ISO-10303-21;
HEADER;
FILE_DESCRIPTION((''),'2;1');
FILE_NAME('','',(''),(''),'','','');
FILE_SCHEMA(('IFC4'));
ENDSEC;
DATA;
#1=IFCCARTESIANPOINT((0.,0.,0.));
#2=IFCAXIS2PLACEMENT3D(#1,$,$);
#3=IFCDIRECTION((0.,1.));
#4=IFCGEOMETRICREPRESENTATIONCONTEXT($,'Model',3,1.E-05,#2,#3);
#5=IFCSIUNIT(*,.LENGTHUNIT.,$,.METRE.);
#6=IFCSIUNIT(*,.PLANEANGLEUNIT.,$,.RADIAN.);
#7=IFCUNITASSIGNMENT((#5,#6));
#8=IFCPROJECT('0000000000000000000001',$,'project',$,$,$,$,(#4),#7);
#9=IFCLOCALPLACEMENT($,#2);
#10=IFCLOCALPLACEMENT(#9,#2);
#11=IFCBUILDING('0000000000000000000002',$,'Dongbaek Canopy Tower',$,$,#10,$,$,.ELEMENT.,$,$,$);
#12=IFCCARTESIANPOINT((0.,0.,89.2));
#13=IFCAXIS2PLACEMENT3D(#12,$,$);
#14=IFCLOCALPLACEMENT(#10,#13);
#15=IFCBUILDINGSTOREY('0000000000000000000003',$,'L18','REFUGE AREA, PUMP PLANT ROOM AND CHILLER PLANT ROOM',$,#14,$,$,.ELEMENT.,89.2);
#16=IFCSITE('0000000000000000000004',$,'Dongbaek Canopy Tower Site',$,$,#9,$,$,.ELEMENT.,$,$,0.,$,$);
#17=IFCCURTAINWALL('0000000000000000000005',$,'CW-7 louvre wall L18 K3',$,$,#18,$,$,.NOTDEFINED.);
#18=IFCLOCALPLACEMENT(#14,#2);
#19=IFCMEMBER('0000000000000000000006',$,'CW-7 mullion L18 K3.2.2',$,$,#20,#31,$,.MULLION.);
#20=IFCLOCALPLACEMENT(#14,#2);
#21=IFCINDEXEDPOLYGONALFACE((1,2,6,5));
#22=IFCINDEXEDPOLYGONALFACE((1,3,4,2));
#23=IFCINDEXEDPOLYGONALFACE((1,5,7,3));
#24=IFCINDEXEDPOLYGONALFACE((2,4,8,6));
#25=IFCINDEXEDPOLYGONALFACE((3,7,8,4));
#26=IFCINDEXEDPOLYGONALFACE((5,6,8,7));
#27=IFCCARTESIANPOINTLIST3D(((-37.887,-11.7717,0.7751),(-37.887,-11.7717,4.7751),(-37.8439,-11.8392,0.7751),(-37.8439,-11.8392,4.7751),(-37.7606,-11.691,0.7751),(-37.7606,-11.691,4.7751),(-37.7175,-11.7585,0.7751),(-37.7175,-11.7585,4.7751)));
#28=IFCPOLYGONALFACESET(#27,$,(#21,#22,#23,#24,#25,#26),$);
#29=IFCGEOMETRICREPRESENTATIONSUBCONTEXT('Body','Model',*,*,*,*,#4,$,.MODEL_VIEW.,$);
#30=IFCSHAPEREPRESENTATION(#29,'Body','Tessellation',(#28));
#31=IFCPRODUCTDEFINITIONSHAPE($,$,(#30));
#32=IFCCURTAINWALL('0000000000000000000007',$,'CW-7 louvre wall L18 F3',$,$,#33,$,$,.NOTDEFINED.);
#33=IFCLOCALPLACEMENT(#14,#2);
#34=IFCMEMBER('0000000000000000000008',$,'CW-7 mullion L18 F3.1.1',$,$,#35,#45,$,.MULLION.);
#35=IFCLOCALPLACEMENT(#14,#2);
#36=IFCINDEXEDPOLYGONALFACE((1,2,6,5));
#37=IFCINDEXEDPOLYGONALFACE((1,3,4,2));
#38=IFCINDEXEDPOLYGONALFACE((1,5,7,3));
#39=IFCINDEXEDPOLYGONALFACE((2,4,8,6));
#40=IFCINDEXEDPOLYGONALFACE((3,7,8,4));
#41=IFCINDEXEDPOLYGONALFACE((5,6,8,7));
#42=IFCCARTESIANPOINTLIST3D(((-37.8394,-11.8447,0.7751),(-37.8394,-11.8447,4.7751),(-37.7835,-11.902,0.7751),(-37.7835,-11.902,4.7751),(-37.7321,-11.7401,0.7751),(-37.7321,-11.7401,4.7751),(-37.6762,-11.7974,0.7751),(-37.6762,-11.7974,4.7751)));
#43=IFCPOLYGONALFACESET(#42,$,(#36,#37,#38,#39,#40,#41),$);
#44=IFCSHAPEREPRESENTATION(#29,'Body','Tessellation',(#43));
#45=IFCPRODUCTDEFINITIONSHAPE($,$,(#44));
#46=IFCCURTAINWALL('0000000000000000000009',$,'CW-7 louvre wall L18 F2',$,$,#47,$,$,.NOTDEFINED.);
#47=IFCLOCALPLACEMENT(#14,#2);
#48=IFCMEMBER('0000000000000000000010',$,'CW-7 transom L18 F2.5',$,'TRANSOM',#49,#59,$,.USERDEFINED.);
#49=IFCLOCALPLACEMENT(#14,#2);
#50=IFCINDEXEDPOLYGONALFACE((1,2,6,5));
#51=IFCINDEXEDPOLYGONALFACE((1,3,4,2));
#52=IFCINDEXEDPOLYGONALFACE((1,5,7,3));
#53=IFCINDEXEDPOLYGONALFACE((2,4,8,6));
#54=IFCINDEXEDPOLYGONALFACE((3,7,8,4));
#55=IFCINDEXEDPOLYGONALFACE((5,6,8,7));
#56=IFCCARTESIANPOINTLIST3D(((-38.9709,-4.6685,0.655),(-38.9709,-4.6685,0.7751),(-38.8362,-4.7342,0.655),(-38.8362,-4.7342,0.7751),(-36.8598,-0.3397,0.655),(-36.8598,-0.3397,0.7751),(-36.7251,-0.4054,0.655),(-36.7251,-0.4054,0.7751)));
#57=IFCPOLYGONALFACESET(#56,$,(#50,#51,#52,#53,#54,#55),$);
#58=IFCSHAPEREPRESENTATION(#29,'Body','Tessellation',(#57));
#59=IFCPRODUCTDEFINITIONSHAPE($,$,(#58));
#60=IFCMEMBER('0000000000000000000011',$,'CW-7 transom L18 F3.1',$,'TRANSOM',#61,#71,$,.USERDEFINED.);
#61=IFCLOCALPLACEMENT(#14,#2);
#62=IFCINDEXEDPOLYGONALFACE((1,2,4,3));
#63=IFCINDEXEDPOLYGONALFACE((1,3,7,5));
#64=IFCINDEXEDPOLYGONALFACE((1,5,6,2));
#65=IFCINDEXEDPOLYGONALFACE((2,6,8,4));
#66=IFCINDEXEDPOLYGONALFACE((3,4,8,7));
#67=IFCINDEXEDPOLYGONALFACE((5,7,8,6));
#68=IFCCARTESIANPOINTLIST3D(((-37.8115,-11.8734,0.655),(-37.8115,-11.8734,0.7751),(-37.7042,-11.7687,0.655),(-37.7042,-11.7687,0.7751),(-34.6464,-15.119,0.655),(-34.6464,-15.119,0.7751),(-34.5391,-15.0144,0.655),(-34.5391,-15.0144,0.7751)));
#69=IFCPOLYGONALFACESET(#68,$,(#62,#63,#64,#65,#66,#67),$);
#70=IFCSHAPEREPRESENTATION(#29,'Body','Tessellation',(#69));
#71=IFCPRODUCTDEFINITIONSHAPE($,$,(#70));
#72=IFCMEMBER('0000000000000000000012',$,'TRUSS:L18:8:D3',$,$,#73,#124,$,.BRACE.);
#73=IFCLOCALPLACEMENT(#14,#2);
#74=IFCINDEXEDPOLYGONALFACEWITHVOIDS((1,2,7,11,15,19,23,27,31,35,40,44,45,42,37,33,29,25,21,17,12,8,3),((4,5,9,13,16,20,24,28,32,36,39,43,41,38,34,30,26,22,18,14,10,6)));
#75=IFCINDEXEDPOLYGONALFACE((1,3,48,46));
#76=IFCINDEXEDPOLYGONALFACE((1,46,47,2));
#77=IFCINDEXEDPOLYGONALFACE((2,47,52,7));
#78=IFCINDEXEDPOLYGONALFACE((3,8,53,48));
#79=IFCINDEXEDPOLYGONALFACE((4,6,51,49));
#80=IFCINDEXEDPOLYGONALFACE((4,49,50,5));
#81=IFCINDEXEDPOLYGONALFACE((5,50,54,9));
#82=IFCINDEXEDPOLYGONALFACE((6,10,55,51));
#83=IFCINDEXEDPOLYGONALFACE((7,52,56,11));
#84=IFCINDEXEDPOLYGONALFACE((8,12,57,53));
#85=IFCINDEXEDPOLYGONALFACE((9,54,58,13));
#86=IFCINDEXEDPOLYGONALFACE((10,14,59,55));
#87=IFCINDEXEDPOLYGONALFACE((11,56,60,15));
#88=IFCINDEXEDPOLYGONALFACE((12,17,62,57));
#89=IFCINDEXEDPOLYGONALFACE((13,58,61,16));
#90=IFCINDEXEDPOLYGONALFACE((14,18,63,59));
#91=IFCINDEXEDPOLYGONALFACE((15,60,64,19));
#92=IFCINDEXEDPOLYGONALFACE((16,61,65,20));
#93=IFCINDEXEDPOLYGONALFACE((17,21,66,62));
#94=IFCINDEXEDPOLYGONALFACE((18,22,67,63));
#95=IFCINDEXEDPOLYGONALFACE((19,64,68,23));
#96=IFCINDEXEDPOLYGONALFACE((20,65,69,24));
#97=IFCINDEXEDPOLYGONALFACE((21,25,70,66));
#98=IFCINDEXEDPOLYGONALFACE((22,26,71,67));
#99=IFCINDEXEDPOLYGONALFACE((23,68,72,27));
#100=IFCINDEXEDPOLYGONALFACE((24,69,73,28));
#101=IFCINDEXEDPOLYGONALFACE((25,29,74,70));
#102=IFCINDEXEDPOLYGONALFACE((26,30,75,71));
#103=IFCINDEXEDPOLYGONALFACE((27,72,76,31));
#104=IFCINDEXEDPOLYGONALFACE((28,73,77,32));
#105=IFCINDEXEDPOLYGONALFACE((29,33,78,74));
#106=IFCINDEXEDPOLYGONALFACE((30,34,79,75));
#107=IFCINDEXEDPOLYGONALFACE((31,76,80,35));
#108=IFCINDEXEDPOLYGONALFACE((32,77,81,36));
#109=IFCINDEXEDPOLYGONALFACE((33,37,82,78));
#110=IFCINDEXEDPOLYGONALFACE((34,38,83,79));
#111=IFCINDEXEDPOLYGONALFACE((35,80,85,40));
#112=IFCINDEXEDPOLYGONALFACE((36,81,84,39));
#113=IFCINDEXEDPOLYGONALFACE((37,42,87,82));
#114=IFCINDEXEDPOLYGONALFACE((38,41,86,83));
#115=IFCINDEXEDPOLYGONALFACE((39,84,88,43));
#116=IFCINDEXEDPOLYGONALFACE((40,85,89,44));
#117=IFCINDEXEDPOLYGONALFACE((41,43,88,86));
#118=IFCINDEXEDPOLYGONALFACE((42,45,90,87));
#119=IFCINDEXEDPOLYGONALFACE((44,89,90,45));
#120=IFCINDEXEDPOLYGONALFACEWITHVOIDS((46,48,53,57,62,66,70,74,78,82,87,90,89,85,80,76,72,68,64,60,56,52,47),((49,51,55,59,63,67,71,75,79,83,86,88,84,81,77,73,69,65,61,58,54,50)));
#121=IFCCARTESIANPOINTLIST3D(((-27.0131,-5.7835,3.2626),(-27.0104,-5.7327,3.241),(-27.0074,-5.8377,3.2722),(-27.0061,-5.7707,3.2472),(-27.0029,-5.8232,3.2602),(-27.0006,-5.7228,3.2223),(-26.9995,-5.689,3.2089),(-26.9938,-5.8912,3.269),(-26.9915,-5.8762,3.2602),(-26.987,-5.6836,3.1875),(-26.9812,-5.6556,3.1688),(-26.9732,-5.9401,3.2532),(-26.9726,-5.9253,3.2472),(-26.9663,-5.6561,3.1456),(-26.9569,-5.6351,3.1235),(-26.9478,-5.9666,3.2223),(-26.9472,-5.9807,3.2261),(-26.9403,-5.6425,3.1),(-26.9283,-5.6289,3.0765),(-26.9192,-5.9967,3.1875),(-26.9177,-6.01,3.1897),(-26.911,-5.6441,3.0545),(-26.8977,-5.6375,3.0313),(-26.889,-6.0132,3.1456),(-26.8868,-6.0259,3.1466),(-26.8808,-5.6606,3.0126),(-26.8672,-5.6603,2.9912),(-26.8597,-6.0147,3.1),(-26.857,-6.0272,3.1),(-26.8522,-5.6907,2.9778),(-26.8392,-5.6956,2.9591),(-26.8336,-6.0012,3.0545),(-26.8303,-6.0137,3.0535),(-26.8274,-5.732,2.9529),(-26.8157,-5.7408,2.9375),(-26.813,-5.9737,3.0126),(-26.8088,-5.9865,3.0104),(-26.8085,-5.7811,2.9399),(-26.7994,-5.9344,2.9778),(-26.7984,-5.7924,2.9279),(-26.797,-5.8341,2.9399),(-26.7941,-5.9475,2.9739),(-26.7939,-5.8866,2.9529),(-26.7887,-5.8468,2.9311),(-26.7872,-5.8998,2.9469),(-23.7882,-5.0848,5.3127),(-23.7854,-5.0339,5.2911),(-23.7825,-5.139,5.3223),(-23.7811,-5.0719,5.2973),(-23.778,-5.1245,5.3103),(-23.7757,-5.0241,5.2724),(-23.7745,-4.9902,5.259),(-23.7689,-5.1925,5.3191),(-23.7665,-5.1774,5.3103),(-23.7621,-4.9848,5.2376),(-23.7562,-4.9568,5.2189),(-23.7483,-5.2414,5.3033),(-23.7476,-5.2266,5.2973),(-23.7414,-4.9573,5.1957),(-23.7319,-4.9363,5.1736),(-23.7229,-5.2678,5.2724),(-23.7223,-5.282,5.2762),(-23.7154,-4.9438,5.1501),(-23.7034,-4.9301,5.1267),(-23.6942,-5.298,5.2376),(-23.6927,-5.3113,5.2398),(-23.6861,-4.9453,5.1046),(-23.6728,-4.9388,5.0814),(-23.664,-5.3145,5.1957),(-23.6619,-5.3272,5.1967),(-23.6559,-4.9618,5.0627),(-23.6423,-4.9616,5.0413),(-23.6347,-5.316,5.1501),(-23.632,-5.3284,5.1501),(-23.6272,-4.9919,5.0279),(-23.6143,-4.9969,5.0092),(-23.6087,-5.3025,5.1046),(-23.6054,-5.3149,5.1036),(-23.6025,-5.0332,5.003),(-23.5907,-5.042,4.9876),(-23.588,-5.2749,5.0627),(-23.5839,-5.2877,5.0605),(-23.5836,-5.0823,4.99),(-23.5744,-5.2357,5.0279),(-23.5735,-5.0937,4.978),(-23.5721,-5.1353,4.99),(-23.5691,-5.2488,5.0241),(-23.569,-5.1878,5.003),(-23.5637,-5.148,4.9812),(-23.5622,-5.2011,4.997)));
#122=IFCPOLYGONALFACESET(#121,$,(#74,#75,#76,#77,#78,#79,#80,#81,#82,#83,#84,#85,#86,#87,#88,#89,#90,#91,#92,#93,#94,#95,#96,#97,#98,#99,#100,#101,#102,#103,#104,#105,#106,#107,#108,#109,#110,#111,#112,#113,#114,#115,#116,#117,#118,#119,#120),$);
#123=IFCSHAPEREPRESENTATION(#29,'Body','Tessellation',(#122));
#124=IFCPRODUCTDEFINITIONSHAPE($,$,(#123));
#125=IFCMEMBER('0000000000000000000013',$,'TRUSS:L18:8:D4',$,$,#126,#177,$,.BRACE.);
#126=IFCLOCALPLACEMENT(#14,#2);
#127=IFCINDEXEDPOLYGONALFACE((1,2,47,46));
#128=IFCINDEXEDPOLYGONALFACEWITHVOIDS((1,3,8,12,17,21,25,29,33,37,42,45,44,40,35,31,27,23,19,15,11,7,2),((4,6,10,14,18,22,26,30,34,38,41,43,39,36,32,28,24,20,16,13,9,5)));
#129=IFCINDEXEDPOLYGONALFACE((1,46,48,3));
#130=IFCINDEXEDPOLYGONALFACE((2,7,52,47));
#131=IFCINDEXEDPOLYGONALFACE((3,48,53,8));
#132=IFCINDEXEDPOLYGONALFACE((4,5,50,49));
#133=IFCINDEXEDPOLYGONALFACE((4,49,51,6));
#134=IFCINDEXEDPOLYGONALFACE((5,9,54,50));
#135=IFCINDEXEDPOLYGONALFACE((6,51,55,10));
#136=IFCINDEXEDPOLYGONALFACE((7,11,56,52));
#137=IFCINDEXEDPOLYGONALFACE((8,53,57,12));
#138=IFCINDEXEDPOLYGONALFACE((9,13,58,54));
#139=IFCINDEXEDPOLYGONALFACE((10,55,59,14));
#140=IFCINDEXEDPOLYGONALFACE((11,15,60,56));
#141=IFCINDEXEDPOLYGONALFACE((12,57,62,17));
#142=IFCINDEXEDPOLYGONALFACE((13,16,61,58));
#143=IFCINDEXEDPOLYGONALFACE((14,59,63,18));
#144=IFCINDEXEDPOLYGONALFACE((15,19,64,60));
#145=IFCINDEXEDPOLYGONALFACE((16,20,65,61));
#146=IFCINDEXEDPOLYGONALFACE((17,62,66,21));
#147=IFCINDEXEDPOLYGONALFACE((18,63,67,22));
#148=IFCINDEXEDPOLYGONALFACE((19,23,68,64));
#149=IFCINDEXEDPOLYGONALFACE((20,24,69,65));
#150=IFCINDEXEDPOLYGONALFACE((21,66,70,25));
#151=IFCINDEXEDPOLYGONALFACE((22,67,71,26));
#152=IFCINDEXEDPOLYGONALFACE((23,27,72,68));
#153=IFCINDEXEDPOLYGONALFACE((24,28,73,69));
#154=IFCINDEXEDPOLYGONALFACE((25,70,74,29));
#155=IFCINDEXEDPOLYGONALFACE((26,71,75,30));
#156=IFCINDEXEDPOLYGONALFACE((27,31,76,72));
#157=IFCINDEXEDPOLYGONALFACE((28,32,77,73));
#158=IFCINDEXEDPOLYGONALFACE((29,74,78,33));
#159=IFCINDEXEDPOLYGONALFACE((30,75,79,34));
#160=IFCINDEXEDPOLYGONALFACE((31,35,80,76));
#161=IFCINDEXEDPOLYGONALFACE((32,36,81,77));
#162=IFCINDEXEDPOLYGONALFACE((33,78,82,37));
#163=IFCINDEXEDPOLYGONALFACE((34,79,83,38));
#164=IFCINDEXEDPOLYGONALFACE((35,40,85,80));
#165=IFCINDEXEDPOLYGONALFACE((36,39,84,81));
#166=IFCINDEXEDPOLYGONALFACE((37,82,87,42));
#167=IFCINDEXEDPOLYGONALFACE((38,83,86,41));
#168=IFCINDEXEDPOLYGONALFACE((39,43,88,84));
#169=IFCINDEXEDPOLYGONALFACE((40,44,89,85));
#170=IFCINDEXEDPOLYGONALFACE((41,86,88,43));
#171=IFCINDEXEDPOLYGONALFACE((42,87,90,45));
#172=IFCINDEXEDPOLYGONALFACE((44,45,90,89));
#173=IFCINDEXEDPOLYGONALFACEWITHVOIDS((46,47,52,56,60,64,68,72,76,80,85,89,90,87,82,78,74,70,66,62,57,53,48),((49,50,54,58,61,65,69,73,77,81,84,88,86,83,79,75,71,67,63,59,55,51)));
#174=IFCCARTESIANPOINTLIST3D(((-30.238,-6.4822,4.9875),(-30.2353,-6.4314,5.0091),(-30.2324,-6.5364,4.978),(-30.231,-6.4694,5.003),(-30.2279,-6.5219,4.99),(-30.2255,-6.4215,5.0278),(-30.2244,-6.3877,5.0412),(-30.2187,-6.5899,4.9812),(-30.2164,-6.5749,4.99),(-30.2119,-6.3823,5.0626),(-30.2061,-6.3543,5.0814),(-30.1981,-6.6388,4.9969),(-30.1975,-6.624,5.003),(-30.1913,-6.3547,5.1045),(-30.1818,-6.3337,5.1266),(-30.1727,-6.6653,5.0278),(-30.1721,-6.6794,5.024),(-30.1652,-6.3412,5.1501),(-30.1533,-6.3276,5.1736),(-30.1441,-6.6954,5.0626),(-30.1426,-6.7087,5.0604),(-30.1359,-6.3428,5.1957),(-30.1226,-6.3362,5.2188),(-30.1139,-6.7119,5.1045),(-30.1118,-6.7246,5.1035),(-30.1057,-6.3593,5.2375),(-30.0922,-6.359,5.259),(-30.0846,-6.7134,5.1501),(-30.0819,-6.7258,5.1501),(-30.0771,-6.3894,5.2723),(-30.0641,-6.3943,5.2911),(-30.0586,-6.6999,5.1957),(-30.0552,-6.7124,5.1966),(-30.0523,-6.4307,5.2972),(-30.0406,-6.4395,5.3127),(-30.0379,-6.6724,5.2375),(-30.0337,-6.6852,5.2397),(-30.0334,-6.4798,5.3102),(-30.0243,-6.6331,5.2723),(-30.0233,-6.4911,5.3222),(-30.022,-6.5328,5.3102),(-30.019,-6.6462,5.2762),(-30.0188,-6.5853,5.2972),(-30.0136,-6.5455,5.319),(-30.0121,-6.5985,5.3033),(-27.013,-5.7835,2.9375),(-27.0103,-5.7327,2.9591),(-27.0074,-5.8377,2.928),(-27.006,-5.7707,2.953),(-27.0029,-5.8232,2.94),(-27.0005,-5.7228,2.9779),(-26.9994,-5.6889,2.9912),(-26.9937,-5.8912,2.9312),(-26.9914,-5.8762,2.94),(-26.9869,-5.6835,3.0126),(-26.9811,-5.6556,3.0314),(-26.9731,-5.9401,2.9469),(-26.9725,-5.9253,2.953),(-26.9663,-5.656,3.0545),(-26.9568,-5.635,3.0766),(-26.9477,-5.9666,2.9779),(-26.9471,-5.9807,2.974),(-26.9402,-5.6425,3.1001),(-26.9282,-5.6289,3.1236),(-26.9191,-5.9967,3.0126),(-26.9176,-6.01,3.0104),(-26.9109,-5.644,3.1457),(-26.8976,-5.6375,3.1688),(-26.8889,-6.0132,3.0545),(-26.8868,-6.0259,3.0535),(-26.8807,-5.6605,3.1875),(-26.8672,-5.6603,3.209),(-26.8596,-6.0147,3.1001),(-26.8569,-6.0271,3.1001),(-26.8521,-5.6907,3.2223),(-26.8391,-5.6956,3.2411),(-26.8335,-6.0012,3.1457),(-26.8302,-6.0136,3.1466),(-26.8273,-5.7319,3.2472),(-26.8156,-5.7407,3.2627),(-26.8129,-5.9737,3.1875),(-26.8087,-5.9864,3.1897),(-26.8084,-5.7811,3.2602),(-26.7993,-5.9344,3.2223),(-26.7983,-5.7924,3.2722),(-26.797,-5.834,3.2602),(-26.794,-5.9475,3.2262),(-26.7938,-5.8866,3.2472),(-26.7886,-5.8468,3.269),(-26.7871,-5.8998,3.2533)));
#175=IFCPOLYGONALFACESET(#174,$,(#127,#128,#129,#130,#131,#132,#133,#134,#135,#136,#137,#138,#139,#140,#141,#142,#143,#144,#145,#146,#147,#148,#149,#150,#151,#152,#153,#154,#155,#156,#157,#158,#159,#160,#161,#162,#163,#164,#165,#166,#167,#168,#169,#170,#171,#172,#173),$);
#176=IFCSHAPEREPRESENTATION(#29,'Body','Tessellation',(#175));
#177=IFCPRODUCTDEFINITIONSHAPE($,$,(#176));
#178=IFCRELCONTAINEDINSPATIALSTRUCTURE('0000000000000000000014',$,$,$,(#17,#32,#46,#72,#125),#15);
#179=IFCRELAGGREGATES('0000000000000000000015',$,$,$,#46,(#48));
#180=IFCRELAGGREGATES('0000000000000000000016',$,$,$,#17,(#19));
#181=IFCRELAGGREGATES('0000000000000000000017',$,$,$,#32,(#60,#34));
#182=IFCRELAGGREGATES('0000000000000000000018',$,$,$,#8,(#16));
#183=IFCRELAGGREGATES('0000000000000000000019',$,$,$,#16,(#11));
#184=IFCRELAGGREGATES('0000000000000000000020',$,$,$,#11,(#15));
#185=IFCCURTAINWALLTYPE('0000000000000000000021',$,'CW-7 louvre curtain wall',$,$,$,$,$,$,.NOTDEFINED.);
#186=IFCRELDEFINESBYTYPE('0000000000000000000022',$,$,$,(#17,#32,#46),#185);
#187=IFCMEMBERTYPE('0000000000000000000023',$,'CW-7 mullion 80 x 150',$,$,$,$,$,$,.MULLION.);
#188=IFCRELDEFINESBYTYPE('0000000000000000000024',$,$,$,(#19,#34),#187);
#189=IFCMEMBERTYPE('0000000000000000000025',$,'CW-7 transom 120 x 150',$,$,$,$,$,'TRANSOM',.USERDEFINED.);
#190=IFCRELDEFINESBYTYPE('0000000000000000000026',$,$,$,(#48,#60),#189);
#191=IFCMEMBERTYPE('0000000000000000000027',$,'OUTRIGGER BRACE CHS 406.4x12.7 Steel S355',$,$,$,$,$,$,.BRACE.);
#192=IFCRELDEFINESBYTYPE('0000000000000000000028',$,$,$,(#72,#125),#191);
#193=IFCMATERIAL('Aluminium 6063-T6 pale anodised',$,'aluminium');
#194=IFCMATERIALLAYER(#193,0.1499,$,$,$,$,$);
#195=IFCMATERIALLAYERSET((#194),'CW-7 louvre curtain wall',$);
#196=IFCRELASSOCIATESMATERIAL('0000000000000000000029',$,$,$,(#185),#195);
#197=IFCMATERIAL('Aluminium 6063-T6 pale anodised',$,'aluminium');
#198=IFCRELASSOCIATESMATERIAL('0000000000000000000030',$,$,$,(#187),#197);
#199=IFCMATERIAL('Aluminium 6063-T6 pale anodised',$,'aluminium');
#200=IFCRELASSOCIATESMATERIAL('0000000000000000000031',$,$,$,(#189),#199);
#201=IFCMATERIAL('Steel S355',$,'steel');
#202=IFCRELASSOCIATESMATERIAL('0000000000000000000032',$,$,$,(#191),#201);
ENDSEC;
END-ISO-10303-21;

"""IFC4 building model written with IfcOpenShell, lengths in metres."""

from ifc_helpers import new_model, si_unit, direction, frame, origin, origin_2d, place, context, subcontext, project, spatial, rectangle, hollow_circle, extrude, material, layer, layer_set, material_profile, profile_set, type_object, element, aggregate, save


model = new_model("IFC4")

# Units and contexts
model_context = context("Model", 3, precision=1e-05, world=origin(), true_north=direction((0.0, 1.0)))
body_context = subcontext(model_context, "Body", "Model", "MODEL_VIEW")
ifc_project = project(units=[si_unit("LENGTHUNIT", "METRE"), si_unit("PLANEANGLEUNIT", "RADIAN")], contexts=[model_context])

# Site, building, storey
site_placement = place(None, origin())
site = spatial("IfcSite", under=ifc_project, at=site_placement, Name="Dongbaek Canopy Tower Site", CompositionType="ELEMENT", RefElevation=0.0)
building_placement = place(site_placement, origin())
building = spatial("IfcBuilding", under=site, at=building_placement, Name="Dongbaek Canopy Tower", CompositionType="ELEMENT")
storey_placement = place(building_placement, frame((0.0, 0.0, 89.2)))
storey = spatial("IfcBuildingStorey", under=building, at=storey_placement, Name="L18", Description="REFUGE AREA, PUMP PLANT ROOM AND CHILLER PLANT ROOM", CompositionType="ELEMENT", Elevation=89.2)

# Curtain walls, members
ifc_material_1 = material(Name="Aluminium 6063-T6 pale anodised", Category="aluminium")
ifc_layer_1 = layer(ifc_material_1, 0.1499)
ifc_layer_set_1 = layer_set([ifc_layer_1], Name="CW-7 louvre curtain wall")
curtain_wall_type = type_object("IfcCurtainWallType", Name="CW-7 louvre curtain wall", PredefinedType="NOTDEFINED", material=ifc_layer_set_1)
curtain_wall_1_placement = place(storey_placement, origin())
curtain_wall_1 = element("IfcCurtainWall", 1, at=curtain_wall_1_placement, inside=storey, type_object=curtain_wall_type, Name="CW-7 louvre wall L18 K3", PredefinedType="NOTDEFINED")
ifc_material_2 = material(Name="Aluminium 6063-T6 pale anodised", Category="aluminium")
ifc_material_profile_1 = material_profile(ifc_material_2, rectangle(XDim=0.1499, YDim=0.0801, at=origin_2d()), Name="CW-7 mullion 80 x 150")
ifc_profile_set_1 = profile_set([ifc_material_profile_1], Name="Aluminium 6063-T6 pale anodised")
member_type_1 = type_object("IfcMemberType", Name="CW-7 mullion 80 x 150", PredefinedType="MULLION", material=ifc_profile_set_1)
member_1_placement = place(storey_placement, frame((-37.8022, -11.7651, 0.7751), z_axis=(0.0, 0.0, 1.0), x_axis=(-0.842751, -0.538303, 0.0)))
member_1 = element("IfcMember", 2, at=member_1_placement, type_object=member_type_1, Name="CW-7 mullion L18 K3.2.2", PredefinedType="MULLION", context=body_context, shape_type="SweptSolid", body=[
    extrude(rectangle(XDim=0.1499, YDim=0.0801, at=origin_2d()), origin(), (0.0, 0.0, 1.0), 4.0),
])
curtain_wall_2_placement = place(storey_placement, origin())
curtain_wall_2 = element("IfcCurtainWall", 3, at=curtain_wall_2_placement, inside=storey, type_object=curtain_wall_type, Name="CW-7 louvre wall L18 F3", PredefinedType="NOTDEFINED")
member_2_placement = place(storey_placement, frame((-37.7578, -11.821, 0.7751), z_axis=(0.0, 0.0, 1.0), x_axis=(-0.715921, -0.698181, 0.0)))
member_2 = element("IfcMember", 4, at=member_2_placement, type_object=member_type_1, Name="CW-7 mullion L18 F3.1.1", PredefinedType="MULLION", context=body_context, shape_type="SweptSolid", body=[
    extrude(rectangle(XDim=0.1499, YDim=0.0801, at=origin_2d()), origin(), (0.0, 0.0, 1.0), 4.0),
])
curtain_wall_3_placement = place(storey_placement, origin())
curtain_wall_3 = element("IfcCurtainWall", 5, at=curtain_wall_3_placement, inside=storey, type_object=curtain_wall_type, Name="CW-7 louvre wall L18 F2", PredefinedType="NOTDEFINED")
ifc_material_3 = material(Name="Aluminium 6063-T6 pale anodised", Category="aluminium")
ifc_material_profile_2 = material_profile(ifc_material_3, rectangle(XDim=0.1499, YDim=0.1201, at=origin_2d()), Name="CW-7 transom 120 x 150")
ifc_profile_set_2 = profile_set([ifc_material_profile_2], Name="Aluminium 6063-T6 pale anodised")
member_type_2 = type_object("IfcMemberType", Name="CW-7 transom 120 x 150", ElementType="TRANSOM", PredefinedType="USERDEFINED", material=ifc_profile_set_2)
member_3_placement = place(storey_placement, frame((-36.7925, -0.3726, 0.7151), z_axis=(-0.438331, -0.898814, 0.0), x_axis=(0.898814, -0.438331, 0.0)))
member_3 = element("IfcMember", 6, at=member_3_placement, type_object=member_type_2, Name="CW-7 transom L18 F2.5", ObjectType="TRANSOM", PredefinedType="USERDEFINED", context=body_context, shape_type="SweptSolid", body=[
    extrude(rectangle(XDim=0.1499, YDim=0.1201, at=origin_2d()), origin(), (0.0, 0.0, 1.0), 4.8162),
])

# Member
member_4_placement = place(storey_placement, frame((-37.7578, -11.821, 0.7151), z_axis=(0.698165, -0.715937, 0.0), x_axis=(0.715937, 0.698165, 0.0)))
member_4 = element("IfcMember", 7, at=member_4_placement, type_object=member_type_2, Name="CW-7 transom L18 F3.1", ObjectType="TRANSOM", PredefinedType="USERDEFINED", context=body_context, shape_type="SweptSolid", body=[
    extrude(rectangle(XDim=0.1499, YDim=0.1201, at=origin_2d()), origin(), (0.0, 0.0, 1.0), 4.5334),
])

# Members
ifc_material_4 = material(Name="Steel S355", Category="steel")
ifc_material_profile_3 = material_profile(ifc_material_4, hollow_circle(Radius=0.2031, WallThickness=0.0127, at=origin_2d()), Name="OUTRIGGER BRACE CHS 406.4x12.7 Steel S355")
ifc_profile_set_3 = profile_set([ifc_material_profile_3], Name="Steel S355")
member_type_3 = type_object("IfcMemberType", Name="OUTRIGGER BRACE CHS 406.4x12.7 Steel S355", PredefinedType="BRACE", material=ifc_profile_set_3)
for number, where, z_axis, x_axis, name in (
    (8, (-23.675, -5.1299, 5.1501), (-0.83015, -0.179869, -0.527729), (0.211757, -0.977322, 0.0), "TRUSS:L18:8:D3"),
    (9, (-26.8999, -5.8286, 3.1001), (-0.83017, -0.17986, 0.527701), (0.211742, -0.977326, 0.0), "TRUSS:L18:8:D4"),
):
    element("IfcMember", number, at=place(storey_placement, frame(where, z_axis=z_axis, x_axis=x_axis)), inside=storey, type_object=member_type_3, Name=name, PredefinedType="BRACE", context=body_context, shape_type="SweptSolid", body=[
        extrude(hollow_circle(Radius=0.2031, WallThickness=0.0127, at=origin_2d()), origin(), (0.0, 0.0, 1.0), 3.8848),
    ])

aggregate(curtain_wall_3, [member_3])
aggregate(curtain_wall_1, [member_1])
aggregate(curtain_wall_2, [member_4, member_2])

save(model, "model.ifc")
